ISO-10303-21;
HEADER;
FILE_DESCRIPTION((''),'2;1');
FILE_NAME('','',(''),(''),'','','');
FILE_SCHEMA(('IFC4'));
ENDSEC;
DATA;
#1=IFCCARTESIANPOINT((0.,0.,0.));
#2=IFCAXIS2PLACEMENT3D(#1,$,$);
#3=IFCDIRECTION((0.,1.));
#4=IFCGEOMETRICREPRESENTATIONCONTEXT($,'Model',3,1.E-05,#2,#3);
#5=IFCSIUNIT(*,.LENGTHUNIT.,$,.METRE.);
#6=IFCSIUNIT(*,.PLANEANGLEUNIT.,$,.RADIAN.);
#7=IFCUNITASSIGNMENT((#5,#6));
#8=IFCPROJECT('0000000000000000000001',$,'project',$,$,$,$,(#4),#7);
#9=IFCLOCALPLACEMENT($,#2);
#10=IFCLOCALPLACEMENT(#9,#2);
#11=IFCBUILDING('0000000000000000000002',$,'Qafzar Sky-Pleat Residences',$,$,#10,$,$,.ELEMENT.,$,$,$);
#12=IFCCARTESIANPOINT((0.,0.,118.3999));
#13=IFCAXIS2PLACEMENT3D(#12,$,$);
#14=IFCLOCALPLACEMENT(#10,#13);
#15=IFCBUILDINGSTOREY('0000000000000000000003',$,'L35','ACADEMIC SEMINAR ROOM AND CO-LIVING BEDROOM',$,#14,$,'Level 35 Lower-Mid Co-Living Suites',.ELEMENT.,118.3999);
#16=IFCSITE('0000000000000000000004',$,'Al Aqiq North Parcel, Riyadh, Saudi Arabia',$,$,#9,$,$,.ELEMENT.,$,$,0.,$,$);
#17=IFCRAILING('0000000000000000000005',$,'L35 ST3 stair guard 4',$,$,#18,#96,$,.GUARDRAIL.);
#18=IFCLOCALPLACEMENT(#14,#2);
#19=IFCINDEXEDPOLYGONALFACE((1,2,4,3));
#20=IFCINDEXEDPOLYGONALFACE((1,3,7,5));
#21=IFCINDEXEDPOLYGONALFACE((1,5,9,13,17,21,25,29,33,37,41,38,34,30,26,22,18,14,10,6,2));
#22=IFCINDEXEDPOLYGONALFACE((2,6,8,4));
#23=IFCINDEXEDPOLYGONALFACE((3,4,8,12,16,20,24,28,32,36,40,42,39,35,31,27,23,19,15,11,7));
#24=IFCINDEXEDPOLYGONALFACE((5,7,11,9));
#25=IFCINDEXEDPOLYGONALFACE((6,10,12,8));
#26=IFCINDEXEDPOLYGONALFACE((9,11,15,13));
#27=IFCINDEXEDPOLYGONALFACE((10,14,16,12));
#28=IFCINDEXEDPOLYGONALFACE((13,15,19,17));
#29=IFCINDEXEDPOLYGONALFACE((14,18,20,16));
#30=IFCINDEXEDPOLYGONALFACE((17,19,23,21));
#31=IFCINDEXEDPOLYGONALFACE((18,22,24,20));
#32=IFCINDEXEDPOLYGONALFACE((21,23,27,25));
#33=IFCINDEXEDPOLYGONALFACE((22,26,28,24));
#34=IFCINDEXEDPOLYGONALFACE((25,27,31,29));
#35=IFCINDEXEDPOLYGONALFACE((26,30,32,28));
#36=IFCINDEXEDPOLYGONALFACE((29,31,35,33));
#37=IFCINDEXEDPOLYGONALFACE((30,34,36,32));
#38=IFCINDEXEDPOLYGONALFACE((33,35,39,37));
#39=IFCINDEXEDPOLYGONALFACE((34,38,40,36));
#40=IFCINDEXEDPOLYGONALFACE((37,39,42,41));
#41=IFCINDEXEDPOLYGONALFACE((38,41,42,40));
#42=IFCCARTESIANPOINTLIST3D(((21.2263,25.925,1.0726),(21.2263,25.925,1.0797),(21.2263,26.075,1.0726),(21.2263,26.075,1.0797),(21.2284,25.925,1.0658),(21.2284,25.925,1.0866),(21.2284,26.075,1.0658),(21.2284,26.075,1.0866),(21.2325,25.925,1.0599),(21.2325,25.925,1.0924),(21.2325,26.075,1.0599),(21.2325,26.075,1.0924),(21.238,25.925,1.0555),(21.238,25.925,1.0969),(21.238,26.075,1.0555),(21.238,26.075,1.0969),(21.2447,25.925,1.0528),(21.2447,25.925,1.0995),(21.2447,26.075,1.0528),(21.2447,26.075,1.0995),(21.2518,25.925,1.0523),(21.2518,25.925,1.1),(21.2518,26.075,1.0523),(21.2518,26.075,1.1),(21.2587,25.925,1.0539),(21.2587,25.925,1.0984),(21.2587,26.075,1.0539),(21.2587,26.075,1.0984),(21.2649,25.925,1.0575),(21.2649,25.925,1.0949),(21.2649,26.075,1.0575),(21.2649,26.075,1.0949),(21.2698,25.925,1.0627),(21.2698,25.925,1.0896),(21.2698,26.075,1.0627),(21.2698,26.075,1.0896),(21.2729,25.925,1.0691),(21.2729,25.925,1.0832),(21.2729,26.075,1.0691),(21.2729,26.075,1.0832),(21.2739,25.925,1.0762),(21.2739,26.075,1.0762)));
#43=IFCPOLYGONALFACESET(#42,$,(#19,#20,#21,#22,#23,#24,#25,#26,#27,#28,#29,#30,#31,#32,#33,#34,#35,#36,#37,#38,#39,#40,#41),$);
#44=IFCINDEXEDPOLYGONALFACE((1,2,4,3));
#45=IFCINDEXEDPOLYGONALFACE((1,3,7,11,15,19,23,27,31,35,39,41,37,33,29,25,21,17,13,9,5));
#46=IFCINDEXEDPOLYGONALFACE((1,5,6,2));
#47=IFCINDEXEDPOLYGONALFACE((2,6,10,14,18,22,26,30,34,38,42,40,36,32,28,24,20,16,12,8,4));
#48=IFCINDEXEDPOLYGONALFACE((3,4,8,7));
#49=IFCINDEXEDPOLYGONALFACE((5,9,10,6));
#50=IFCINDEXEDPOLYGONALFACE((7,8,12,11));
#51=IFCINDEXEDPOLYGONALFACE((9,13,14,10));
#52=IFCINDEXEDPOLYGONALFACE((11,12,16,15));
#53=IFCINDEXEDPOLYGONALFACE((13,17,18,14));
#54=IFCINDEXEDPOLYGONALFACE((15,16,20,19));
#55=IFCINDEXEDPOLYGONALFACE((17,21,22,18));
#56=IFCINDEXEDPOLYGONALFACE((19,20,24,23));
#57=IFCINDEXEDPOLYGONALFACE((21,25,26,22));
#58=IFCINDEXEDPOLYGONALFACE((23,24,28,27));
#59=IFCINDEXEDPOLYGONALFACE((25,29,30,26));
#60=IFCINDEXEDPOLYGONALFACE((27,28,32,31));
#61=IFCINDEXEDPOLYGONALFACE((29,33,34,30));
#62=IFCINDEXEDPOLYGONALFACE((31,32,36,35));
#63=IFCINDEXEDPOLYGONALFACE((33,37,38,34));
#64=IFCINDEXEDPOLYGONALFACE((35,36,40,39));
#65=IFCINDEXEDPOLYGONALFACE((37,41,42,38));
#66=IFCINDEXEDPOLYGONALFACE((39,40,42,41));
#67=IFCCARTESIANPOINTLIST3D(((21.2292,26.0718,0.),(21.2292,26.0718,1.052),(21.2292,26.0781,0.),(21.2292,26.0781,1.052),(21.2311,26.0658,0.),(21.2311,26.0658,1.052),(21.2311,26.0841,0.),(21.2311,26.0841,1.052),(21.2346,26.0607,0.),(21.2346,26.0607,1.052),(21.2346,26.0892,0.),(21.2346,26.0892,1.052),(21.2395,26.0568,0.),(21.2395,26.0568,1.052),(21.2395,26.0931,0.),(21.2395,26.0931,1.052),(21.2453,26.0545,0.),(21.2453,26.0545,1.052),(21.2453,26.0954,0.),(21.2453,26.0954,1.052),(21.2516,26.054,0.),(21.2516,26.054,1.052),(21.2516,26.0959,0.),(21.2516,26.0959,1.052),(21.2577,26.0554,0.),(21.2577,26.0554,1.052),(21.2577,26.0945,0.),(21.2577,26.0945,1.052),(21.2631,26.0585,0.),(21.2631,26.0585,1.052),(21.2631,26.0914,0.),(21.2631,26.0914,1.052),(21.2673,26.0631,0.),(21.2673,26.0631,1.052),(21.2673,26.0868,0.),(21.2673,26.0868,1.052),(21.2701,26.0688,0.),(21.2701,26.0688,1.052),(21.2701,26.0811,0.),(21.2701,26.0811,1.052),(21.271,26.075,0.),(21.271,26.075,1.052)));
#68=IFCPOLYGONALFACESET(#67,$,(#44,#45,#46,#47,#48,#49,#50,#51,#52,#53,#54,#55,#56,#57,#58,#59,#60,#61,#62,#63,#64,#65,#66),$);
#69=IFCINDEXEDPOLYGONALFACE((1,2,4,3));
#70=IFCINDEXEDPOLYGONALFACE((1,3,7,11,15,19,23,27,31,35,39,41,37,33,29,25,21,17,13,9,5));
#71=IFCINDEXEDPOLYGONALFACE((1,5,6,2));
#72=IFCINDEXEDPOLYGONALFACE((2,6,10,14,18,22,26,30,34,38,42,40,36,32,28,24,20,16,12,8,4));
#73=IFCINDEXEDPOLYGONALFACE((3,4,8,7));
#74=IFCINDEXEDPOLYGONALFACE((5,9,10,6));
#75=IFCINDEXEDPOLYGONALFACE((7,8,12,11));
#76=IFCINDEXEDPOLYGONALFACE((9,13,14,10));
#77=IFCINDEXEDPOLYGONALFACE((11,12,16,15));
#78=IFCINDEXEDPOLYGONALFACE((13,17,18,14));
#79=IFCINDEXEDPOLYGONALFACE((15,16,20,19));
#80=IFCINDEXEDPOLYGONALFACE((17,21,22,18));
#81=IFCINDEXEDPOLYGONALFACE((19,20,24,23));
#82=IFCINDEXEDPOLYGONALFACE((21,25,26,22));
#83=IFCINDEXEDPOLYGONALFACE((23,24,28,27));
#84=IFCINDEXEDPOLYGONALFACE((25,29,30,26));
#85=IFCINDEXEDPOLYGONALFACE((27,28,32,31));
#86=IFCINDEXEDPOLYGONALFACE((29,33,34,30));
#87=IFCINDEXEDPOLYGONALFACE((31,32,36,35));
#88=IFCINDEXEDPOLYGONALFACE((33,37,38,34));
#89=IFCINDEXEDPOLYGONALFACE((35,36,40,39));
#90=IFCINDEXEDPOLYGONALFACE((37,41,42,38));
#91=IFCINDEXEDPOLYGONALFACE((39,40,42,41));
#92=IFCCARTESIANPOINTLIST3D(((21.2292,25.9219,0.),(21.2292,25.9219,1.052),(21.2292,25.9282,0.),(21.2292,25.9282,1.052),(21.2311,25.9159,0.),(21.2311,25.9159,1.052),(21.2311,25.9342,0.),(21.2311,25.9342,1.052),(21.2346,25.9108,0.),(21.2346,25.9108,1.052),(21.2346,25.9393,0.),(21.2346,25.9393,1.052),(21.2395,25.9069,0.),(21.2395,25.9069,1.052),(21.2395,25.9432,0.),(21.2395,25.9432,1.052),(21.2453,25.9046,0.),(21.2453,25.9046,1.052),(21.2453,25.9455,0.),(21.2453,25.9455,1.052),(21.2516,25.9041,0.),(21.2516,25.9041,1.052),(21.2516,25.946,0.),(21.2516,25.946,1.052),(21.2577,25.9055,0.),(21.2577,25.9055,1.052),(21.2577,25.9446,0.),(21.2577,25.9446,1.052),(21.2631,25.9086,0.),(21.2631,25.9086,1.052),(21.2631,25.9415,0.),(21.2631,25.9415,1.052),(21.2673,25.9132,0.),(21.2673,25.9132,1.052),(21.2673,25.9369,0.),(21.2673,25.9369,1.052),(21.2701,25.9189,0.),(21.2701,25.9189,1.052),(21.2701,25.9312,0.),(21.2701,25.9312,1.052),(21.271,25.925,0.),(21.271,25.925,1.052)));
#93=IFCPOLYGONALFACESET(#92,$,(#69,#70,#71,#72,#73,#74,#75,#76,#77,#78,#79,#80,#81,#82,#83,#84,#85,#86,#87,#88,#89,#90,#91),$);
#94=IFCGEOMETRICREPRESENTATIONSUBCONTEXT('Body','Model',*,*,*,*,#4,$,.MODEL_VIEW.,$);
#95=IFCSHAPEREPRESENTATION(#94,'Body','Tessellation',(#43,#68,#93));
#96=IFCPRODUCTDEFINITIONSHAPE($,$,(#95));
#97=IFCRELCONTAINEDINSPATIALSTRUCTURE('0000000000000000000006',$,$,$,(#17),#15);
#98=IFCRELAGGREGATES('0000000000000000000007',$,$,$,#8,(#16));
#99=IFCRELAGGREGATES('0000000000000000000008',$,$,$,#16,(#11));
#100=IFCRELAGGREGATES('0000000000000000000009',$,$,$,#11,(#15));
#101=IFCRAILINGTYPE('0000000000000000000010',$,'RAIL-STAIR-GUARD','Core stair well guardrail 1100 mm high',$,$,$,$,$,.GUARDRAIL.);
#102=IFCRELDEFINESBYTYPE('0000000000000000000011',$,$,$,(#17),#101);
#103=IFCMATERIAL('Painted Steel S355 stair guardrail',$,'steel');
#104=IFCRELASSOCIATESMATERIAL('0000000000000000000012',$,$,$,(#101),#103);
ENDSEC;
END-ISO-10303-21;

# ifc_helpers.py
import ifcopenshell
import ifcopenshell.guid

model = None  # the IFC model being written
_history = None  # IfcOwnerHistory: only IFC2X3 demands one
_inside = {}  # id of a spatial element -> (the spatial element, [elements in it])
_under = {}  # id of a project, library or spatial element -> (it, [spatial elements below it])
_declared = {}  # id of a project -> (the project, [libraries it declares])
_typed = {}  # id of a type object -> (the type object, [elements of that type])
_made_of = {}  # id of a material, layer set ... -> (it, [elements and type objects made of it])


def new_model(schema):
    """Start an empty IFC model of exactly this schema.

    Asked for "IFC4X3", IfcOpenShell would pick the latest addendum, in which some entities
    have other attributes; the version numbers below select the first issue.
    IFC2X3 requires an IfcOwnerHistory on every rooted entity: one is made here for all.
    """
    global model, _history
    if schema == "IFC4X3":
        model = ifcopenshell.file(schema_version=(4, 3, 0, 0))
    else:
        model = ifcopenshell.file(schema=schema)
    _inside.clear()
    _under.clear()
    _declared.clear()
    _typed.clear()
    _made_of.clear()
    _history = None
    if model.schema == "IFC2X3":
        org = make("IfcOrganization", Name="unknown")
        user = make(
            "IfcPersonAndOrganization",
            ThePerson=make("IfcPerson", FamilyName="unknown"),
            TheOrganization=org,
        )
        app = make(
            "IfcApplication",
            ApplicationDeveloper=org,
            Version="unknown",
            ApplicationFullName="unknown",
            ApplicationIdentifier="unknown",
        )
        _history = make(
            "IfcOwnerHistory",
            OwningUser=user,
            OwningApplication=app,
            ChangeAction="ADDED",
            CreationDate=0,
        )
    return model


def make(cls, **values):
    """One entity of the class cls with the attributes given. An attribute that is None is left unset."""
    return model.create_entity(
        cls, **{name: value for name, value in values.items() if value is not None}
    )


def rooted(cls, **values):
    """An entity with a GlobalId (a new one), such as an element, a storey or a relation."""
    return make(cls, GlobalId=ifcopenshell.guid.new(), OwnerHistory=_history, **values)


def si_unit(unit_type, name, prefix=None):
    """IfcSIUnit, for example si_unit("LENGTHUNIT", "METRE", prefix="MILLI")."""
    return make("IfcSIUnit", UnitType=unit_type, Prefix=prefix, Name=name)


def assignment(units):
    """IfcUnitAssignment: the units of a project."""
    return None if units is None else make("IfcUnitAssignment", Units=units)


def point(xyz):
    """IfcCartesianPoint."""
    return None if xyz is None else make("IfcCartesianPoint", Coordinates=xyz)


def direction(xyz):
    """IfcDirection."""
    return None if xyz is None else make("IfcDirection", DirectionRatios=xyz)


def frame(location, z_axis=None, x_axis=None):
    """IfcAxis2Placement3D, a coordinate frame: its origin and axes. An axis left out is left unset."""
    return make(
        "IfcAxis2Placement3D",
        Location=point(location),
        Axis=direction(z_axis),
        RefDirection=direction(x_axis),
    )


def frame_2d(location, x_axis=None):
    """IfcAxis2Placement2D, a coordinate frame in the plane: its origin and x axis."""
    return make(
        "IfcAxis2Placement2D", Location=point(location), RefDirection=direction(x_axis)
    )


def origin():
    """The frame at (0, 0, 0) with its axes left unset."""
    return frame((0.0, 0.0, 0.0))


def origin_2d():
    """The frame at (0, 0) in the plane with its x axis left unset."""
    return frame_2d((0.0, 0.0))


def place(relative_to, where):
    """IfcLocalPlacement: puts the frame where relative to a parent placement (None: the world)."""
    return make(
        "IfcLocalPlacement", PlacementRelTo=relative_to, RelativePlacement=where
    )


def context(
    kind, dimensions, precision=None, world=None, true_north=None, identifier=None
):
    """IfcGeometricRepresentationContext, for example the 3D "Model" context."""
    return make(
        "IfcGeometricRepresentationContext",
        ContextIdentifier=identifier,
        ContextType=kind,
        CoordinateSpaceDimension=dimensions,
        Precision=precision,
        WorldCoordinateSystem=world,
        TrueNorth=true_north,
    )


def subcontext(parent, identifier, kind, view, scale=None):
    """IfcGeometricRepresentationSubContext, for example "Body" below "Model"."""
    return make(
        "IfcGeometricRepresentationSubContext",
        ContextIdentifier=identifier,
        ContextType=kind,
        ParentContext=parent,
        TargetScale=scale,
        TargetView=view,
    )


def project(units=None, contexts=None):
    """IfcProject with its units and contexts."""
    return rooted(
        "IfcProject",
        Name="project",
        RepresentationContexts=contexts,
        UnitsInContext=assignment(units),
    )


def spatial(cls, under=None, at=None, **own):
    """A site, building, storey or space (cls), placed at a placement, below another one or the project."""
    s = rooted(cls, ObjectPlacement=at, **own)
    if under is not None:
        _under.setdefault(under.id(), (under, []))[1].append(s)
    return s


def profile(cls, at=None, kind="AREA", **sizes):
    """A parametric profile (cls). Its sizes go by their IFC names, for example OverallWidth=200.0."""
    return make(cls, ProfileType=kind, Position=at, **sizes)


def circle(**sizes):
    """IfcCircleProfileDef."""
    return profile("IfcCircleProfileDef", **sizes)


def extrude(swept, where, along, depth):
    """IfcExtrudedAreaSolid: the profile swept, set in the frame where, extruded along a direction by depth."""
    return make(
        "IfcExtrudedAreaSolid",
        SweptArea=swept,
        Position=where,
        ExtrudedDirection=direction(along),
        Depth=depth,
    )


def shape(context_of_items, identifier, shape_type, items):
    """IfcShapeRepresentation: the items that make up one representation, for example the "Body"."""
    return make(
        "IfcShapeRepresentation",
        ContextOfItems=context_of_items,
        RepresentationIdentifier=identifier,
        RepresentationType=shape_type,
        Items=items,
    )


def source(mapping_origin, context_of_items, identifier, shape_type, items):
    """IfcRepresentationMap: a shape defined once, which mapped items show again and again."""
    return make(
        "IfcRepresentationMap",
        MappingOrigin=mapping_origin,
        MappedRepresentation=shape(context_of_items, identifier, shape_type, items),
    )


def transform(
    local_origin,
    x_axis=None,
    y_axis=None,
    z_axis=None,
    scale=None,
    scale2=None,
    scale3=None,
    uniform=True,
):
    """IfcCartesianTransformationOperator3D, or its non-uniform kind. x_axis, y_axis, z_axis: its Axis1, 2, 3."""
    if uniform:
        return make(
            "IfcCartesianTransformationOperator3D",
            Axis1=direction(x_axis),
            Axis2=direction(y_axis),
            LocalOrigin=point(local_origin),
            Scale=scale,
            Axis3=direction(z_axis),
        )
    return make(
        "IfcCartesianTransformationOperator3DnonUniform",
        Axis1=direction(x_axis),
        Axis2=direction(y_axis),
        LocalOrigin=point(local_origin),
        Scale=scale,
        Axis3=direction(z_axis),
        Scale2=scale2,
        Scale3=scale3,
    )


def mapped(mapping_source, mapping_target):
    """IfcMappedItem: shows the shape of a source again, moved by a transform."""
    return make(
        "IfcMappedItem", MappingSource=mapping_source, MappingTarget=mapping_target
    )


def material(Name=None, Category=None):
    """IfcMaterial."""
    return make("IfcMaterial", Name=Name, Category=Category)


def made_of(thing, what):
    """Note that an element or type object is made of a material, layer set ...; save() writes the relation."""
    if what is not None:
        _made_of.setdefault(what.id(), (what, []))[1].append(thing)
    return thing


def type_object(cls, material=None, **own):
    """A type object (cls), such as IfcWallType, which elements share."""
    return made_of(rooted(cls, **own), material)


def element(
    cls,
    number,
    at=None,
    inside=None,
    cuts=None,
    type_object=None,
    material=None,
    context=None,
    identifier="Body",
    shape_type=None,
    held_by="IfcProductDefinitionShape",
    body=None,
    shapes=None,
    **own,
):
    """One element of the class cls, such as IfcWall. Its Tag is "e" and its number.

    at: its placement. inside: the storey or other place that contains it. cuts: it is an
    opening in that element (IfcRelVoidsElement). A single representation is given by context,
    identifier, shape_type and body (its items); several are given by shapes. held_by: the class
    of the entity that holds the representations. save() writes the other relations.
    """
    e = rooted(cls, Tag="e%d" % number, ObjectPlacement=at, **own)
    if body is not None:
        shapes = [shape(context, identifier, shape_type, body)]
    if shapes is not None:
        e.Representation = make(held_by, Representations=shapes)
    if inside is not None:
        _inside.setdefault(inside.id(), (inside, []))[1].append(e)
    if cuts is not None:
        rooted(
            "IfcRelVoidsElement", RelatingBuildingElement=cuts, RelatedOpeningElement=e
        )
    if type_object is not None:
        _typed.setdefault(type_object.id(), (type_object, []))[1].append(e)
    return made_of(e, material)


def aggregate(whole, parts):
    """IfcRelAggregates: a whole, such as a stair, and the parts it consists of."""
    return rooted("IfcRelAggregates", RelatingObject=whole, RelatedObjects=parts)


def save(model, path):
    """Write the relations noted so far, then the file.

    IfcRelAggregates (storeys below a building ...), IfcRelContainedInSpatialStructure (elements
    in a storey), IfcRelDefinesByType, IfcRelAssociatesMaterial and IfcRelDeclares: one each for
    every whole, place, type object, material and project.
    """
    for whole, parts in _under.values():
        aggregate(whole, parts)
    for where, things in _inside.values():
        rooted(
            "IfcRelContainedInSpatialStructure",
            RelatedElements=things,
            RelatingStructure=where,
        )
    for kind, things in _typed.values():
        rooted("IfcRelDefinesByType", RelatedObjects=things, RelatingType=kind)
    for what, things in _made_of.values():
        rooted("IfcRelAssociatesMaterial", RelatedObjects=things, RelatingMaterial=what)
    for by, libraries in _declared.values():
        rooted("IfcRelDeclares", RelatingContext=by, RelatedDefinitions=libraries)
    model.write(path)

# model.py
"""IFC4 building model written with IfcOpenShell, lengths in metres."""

from ifc_helpers import new_model, si_unit, direction, frame, origin, origin_2d, place, context, subcontext, project, spatial, circle, extrude, source, transform, mapped, material, type_object, element, save


model = new_model("IFC4")

# Units and contexts
model_context = context("Model", 3, precision=1e-05, world=origin(), true_north=direction((0.0, 1.0)))
body_context = subcontext(model_context, "Body", "Model", "MODEL_VIEW")
ifc_project = project(units=[si_unit("LENGTHUNIT", "METRE"), si_unit("PLANEANGLEUNIT", "RADIAN")], contexts=[model_context])

# Site, building, storey
site_placement = place(None, origin())
site = spatial("IfcSite", under=ifc_project, at=site_placement, Name="Al Aqiq North Parcel, Riyadh, Saudi Arabia", CompositionType="ELEMENT", RefElevation=0.0)
building_placement = place(site_placement, origin())
building = spatial("IfcBuilding", under=site, at=building_placement, Name="Qafzar Sky-Pleat Residences", CompositionType="ELEMENT")
storey_placement = place(building_placement, frame((0.0, 0.0, 118.3999)))
storey = spatial("IfcBuildingStorey", under=building, at=storey_placement, Name="L35", Description="ACADEMIC SEMINAR ROOM AND CO-LIVING BEDROOM", LongName="Level 35 Lower-Mid Co-Living Suites", CompositionType="ELEMENT", Elevation=118.3999)

# Railing
ifc_material_1 = material(Name="Painted Steel S355 stair guardrail", Category="steel")
railing_type_1 = type_object("IfcRailingType", Name="RAIL-STAIR-GUARD", Description="Core stair well guardrail 1100 mm high", PredefinedType="GUARDRAIL", material=ifc_material_1)
shared_shape_1 = source(origin(), body_context, "Body", "SweptSolid", [
    extrude(circle(Radius=0.0239, at=origin_2d()), frame((0.0, 0.0, 1.0762), z_axis=(0.0, -1.0, 0.0), x_axis=(1.0, 0.0, 0.0)), (0.0, 0.0, 1.0), 0.1499),
    extrude(circle(Radius=0.021, at=origin_2d()), origin(), (0.0, 0.0, 1.0), 1.052),
    extrude(circle(Radius=0.021, at=origin_2d()), frame((0.0, -0.1499, 0.0)), (0.0, 0.0, 1.0), 1.052),
])
for number, where, name in (
    (1, (21.25, 26.075, 0.0), "L35 ST3 stair guard 4"),
):
    element("IfcRailing", number, at=place(storey_placement, frame(where)), inside=storey, type_object=railing_type_1, Name=name, PredefinedType="GUARDRAIL", context=body_context, shape_type="MappedRepresentation", body=[
        mapped(shared_shape_1, transform((0.0, 0.0, 0.0), x_axis=(1.0, 0.0, 0.0), y_axis=(0.0, 1.0, 0.0), z_axis=(0.0, 0.0, 1.0), scale=1.0)),
    ])

save(model, "model.ifc")
